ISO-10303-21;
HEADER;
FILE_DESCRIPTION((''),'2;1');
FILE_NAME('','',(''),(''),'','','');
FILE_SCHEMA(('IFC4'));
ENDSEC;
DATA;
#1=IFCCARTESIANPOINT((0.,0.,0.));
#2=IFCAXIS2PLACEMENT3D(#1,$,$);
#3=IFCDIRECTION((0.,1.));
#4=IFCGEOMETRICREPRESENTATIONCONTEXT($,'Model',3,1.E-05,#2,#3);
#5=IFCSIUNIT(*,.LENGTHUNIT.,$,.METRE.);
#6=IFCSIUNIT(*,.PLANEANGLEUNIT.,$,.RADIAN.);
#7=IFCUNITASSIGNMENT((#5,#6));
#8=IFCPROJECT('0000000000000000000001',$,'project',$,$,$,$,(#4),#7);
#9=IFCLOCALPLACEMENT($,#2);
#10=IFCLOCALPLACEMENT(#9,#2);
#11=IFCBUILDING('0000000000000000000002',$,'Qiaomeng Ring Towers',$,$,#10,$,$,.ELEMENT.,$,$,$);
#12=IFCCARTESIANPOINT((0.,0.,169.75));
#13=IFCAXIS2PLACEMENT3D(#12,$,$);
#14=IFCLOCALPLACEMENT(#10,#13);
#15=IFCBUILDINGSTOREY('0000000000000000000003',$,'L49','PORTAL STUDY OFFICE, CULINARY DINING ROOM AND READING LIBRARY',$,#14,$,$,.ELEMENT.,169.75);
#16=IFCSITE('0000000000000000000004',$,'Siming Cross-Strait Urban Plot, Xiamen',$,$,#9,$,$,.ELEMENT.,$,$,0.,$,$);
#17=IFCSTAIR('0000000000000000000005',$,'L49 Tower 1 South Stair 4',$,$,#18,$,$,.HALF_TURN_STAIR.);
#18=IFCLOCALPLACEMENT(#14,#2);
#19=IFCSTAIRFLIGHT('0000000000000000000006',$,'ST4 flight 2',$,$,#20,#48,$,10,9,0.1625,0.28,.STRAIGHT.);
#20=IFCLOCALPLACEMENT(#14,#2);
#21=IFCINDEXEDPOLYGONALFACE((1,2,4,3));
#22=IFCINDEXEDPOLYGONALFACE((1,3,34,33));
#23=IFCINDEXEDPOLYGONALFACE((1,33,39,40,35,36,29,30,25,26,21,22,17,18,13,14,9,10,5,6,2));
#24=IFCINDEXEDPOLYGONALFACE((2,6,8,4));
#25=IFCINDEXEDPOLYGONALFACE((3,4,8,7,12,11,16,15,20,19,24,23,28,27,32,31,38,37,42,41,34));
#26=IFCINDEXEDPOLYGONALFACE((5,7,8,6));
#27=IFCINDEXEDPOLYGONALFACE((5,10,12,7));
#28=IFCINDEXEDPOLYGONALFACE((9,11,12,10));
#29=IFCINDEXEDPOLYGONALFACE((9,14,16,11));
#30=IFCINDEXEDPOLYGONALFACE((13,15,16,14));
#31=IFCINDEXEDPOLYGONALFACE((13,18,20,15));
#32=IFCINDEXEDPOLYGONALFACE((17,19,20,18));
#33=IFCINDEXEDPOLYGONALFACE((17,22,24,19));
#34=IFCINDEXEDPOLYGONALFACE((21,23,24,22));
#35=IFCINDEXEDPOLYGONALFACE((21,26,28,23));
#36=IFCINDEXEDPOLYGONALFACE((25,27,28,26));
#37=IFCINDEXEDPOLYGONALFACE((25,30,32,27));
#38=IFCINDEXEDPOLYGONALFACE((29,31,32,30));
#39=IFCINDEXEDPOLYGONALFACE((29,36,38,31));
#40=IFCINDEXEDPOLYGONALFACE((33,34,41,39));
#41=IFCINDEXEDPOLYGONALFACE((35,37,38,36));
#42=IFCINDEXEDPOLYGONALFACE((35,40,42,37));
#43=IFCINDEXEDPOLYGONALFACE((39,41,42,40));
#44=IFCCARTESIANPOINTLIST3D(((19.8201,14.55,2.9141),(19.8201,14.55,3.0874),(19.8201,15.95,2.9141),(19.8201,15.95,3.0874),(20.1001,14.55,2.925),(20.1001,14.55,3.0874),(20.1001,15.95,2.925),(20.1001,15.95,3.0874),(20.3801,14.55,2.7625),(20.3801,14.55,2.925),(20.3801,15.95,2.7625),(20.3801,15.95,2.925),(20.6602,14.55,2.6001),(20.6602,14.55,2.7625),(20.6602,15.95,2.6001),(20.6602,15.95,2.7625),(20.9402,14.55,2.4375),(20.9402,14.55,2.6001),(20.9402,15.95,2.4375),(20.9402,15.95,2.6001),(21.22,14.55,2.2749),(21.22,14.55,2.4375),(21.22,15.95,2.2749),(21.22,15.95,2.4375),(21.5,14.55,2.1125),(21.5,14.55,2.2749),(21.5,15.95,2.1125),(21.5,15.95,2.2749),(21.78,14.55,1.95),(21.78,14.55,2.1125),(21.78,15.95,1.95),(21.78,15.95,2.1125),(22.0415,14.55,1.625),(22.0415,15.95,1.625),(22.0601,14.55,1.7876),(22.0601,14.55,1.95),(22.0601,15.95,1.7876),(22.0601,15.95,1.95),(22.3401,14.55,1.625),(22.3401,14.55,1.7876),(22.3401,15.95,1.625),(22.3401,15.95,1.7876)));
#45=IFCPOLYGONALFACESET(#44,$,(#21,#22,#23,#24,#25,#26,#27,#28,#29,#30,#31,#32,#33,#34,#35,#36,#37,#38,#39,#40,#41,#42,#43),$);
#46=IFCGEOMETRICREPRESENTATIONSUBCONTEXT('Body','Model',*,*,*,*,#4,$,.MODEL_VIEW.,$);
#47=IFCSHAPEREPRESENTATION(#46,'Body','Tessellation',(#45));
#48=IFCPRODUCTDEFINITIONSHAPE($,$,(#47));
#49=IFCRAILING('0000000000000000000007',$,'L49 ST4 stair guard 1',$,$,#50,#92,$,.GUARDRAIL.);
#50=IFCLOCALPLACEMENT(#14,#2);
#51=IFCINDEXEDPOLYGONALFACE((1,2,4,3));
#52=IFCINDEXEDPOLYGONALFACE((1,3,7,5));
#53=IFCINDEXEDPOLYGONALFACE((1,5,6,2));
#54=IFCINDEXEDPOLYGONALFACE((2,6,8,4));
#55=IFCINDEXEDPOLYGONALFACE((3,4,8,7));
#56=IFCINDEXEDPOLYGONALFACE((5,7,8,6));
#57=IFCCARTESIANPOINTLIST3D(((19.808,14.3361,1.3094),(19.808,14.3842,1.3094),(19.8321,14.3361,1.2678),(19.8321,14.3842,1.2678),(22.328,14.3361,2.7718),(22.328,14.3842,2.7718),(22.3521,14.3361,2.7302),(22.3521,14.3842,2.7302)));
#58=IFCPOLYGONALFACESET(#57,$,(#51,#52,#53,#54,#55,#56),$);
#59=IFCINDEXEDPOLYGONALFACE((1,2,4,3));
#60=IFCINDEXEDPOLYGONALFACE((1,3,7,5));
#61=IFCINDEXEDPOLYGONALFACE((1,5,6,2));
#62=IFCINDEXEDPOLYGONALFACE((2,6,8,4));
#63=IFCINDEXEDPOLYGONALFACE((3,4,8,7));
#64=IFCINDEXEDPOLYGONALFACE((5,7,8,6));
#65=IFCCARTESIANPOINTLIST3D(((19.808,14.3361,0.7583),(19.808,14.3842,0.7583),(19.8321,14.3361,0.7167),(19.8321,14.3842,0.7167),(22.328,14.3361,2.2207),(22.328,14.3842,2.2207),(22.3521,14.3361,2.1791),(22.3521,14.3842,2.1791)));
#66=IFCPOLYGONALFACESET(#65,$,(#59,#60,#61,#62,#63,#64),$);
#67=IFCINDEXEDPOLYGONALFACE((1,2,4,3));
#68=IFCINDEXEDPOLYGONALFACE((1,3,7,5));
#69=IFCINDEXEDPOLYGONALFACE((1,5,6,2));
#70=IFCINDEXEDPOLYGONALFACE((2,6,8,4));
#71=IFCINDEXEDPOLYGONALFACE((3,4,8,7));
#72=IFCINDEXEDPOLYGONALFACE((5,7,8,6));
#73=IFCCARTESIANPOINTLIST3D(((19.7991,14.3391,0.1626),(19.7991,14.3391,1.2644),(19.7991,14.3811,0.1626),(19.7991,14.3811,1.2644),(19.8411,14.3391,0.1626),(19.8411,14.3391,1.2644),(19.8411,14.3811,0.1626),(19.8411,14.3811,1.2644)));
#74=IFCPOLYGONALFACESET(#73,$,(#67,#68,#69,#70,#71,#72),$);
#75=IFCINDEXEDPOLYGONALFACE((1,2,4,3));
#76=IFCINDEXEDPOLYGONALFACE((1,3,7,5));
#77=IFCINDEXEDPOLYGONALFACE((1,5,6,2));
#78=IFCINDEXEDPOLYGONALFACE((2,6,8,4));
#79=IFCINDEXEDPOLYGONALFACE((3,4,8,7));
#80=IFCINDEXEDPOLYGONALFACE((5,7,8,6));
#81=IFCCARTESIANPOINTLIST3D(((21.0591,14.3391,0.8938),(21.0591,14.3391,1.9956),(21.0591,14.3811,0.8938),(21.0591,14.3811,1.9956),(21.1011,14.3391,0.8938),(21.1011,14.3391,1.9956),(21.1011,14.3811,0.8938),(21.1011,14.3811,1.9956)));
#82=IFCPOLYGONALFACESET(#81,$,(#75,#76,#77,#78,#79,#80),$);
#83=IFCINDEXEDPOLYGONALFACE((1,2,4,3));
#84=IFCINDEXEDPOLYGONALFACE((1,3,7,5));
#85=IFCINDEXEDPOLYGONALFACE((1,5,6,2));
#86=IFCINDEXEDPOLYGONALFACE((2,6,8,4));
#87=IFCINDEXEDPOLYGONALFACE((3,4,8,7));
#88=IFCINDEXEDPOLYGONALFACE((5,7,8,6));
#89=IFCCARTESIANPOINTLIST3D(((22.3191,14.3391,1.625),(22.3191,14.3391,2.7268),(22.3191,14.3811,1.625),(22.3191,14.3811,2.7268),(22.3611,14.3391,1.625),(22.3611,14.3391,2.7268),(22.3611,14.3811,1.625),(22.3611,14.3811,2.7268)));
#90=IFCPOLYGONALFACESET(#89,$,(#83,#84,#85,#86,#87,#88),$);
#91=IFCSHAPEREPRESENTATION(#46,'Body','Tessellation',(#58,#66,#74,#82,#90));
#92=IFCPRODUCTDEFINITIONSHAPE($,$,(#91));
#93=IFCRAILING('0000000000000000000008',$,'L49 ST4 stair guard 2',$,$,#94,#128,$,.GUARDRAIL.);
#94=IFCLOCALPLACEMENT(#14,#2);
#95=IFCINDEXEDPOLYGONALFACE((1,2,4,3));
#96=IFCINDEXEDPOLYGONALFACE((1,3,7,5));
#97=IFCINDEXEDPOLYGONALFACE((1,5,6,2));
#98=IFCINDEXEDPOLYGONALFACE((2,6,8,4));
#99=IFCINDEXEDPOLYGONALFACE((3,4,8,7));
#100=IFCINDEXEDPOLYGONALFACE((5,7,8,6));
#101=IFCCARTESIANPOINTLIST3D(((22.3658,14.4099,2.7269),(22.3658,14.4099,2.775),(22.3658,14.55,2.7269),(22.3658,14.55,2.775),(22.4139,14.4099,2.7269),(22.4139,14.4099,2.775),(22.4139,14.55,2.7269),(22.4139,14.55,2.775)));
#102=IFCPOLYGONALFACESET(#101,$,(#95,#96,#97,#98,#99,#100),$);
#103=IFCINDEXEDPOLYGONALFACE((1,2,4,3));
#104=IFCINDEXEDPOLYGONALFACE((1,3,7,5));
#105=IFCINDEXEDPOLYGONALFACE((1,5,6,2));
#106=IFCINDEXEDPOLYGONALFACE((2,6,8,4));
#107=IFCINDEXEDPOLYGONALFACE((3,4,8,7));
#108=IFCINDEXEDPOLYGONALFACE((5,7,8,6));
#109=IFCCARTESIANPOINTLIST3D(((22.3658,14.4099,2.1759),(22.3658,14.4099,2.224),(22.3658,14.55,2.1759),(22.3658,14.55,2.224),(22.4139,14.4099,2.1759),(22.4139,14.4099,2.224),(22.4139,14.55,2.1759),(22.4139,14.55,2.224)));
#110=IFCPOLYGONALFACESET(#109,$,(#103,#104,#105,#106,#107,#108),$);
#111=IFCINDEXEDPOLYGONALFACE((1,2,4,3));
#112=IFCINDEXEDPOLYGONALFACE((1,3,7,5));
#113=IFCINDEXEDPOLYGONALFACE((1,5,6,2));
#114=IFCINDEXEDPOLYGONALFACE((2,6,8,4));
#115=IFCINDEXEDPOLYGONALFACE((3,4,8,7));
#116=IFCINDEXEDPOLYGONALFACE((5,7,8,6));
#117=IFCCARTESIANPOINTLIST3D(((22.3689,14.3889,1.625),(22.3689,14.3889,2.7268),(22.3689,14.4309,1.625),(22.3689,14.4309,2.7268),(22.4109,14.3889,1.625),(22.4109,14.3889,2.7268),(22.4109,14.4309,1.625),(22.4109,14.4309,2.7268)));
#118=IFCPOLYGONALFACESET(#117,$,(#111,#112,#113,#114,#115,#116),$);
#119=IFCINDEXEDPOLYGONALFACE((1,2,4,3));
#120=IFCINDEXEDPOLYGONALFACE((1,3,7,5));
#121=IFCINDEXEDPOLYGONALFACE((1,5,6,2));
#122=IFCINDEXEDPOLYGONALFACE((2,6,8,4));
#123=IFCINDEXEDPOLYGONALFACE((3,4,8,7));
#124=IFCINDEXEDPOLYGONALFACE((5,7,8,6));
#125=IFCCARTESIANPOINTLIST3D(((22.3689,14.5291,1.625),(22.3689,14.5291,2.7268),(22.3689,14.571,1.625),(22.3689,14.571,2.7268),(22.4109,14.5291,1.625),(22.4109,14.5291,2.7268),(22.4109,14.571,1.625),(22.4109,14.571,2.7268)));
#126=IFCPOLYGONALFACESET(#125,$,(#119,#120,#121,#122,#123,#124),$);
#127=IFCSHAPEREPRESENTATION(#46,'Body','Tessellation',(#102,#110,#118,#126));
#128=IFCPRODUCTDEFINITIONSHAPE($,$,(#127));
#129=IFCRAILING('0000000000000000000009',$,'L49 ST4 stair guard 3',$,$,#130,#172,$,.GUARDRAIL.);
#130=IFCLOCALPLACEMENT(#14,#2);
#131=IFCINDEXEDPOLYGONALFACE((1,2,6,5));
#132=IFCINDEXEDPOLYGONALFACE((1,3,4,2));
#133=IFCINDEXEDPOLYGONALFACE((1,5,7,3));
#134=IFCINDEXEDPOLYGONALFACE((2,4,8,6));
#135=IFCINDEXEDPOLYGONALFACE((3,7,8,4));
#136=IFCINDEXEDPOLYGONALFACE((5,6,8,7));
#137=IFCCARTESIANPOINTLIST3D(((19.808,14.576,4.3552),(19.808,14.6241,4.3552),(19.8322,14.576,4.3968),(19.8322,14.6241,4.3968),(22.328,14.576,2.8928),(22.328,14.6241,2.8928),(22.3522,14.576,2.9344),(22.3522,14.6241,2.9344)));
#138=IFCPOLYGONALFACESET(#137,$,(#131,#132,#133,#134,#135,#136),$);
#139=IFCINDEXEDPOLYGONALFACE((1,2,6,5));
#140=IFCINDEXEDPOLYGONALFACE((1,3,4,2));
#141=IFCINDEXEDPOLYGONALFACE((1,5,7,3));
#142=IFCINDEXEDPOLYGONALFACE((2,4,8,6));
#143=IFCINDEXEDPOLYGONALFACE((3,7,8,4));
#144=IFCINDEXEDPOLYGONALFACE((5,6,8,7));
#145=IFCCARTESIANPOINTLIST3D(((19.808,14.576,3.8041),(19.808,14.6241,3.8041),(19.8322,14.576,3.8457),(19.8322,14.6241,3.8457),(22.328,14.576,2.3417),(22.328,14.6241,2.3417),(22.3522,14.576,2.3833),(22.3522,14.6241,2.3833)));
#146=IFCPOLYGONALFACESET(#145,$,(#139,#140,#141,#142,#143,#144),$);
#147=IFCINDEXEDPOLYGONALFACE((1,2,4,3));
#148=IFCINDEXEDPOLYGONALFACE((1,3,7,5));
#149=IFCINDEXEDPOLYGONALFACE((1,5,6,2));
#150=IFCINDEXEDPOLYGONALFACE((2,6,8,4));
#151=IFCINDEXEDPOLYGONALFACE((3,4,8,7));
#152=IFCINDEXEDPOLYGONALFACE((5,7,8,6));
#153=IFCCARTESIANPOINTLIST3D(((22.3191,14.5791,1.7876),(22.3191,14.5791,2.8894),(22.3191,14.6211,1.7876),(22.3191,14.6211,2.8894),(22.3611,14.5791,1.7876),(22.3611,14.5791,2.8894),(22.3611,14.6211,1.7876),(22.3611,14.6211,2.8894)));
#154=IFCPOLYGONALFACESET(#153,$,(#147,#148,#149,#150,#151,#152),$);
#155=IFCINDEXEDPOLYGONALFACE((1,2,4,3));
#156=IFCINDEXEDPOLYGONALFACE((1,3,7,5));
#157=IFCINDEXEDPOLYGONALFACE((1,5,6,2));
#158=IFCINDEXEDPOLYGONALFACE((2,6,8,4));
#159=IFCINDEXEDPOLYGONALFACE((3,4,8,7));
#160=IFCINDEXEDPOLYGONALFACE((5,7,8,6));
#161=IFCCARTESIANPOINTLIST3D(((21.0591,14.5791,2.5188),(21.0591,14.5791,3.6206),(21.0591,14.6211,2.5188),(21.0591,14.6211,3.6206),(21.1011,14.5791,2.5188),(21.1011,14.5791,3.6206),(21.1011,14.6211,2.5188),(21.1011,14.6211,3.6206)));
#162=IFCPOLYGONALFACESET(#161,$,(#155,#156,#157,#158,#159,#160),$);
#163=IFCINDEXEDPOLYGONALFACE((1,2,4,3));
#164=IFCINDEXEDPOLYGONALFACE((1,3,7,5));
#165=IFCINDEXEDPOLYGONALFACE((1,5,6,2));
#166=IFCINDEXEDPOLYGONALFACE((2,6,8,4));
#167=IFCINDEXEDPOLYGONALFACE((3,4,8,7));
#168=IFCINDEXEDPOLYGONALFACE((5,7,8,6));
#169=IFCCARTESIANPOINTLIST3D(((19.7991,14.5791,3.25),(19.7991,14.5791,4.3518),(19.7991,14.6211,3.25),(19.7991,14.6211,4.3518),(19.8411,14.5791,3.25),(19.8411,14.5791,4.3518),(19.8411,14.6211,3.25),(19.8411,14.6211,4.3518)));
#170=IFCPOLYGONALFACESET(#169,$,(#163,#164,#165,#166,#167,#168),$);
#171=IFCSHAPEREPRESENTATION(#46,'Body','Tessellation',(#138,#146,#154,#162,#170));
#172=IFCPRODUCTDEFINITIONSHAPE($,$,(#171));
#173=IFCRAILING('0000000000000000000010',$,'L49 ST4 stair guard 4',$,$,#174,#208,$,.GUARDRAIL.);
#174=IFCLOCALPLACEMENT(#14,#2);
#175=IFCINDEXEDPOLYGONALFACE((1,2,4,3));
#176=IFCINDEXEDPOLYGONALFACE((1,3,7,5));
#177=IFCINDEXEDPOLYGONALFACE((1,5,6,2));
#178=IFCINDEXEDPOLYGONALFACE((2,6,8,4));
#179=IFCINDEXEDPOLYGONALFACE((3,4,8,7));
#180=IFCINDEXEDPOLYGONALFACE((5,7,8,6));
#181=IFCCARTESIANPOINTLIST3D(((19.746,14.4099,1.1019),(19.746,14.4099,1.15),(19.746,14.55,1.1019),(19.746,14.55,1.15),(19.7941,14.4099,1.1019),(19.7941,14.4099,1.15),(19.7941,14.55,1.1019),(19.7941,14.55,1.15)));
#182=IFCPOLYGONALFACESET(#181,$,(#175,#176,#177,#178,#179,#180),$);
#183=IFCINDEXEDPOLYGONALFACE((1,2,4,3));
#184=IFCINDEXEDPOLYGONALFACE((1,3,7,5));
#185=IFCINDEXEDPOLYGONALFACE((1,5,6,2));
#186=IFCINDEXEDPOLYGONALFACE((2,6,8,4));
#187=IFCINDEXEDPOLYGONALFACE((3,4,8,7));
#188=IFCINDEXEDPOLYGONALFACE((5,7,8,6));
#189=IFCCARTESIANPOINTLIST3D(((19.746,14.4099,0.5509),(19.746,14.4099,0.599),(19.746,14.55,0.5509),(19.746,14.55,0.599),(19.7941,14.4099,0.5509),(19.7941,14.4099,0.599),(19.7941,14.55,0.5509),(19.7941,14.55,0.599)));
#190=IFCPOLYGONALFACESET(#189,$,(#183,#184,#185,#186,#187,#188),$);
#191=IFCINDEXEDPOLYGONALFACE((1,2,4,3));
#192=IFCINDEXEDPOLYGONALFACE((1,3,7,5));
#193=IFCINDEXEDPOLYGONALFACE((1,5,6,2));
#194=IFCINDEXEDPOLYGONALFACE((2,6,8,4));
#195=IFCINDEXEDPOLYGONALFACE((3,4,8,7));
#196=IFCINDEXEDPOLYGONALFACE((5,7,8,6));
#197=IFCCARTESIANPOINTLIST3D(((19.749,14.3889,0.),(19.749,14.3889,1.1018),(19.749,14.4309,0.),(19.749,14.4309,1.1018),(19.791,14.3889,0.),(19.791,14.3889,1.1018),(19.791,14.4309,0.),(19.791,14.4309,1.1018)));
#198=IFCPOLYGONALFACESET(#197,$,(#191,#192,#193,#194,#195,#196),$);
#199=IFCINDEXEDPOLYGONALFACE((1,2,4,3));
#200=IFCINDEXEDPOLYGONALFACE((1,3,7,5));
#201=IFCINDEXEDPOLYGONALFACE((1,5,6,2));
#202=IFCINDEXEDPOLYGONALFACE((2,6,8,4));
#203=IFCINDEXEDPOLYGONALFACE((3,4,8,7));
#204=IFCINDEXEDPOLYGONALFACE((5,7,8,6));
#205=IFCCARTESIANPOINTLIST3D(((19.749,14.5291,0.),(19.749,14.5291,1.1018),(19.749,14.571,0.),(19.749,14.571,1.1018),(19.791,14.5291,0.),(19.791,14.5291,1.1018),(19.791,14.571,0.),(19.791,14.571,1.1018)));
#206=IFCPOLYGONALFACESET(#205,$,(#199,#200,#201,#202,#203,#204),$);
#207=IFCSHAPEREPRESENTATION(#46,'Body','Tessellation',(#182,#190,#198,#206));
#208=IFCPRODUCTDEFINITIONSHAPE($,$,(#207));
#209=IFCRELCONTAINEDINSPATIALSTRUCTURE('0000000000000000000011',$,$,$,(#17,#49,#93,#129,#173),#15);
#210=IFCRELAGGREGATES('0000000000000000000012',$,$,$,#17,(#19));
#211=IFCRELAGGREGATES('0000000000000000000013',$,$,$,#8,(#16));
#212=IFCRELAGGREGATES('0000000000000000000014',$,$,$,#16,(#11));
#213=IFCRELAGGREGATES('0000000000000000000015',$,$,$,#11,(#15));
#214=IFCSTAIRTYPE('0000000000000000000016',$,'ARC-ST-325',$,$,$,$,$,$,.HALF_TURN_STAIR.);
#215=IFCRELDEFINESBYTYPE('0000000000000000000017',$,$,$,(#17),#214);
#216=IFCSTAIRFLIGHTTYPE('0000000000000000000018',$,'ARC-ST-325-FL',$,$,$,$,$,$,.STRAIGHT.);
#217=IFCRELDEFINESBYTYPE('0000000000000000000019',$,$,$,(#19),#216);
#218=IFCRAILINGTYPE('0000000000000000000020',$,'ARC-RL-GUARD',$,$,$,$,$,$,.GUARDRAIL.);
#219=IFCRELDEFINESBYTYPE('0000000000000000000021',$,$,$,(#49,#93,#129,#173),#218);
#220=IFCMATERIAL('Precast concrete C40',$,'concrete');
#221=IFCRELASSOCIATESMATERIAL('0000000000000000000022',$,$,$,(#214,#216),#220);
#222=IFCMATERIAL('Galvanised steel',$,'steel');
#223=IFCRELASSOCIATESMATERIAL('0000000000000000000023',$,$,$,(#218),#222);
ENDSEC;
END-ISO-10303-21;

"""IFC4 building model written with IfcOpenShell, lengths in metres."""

from ifc_helpers import new_model, si_unit, direction, frame, origin, origin_2d, place, context, subcontext, project, spatial, polyline, rectangle, outline, extrude, source, transform, mapped, material, type_object, element, aggregate, save


model = new_model("IFC4")

# Units and contexts
model_context = context("Model", 3, precision=1e-05, world=origin(), true_north=direction((0.0, 1.0)))
body_context = subcontext(model_context, "Body", "Model", "MODEL_VIEW")
ifc_project = project(units=[si_unit("LENGTHUNIT", "METRE"), si_unit("PLANEANGLEUNIT", "RADIAN")], contexts=[model_context])

# Site, building, storey
site_placement = place(None, origin())
site = spatial("IfcSite", under=ifc_project, at=site_placement, Name="Siming Cross-Strait Urban Plot, Xiamen", CompositionType="ELEMENT", RefElevation=0.0)
building_placement = place(site_placement, origin())
building = spatial("IfcBuilding", under=site, at=building_placement, Name="Qiaomeng Ring Towers", CompositionType="ELEMENT")
storey_placement = place(building_placement, frame((0.0, 0.0, 169.75)))
storey = spatial("IfcBuildingStorey", under=building, at=storey_placement, Name="L49", Description="PORTAL STUDY OFFICE, CULINARY DINING ROOM AND READING LIBRARY", CompositionType="ELEMENT", Elevation=169.75)

# Shared definitions
ifc_material_1 = material(Name="Galvanised steel", Category="steel")

# Stair, stair flight
ifc_material_2 = material(Name="Precast concrete C40", Category="concrete")
stair_type = type_object("IfcStairType", Name="ARC-ST-325", PredefinedType="HALF_TURN_STAIR", material=ifc_material_2)
stair_placement = place(storey_placement, origin())
stair = element("IfcStair", 1, at=stair_placement, inside=storey, type_object=stair_type, Name="L49 Tower 1 South Stair 4", PredefinedType="HALF_TURN_STAIR")
stair_flight_type = type_object("IfcStairFlightType", Name="ARC-ST-325-FL", PredefinedType="STRAIGHT", material=ifc_material_2)
shared_shape_1 = source(origin(), body_context, "Body", "SweptSolid", [
    extrude(outline(polyline([(0.0, 0.0), (0.0, 0.1626), (0.28, 0.1626), (0.28, 0.325), (0.5601, 0.325), (0.5601, 0.4875), (0.8401, 0.4875), (0.8401, 0.6499), (1.1201, 0.6499), (1.1201, 0.8125), (1.3999, 0.8125), (1.3999, 0.9751), (1.6799, 0.9751), (1.6799, 1.1375), (1.96, 1.1375), (1.96, 1.3), (2.24, 1.3), (2.24, 1.4624), (2.52, 1.4624), (2.52, 1.625), (2.52, 1.2891), (0.2986, 0.0), (0.0, 0.0)])), frame((0.0, 0.7, 0.0), z_axis=(0.0, -1.0, 0.0), x_axis=(1.0, 0.0, 0.0)), (0.0, 0.0, 1.0), 1.3999),
])
stair_flight_1_placement = place(storey_placement, frame((22.3401, 15.25, 1.625), z_axis=(0.0, 0.0, 1.0), x_axis=(-1.0, 0.0, 0.0)))
stair_flight_1 = element("IfcStairFlight", 2, at=stair_flight_1_placement, type_object=stair_flight_type, Name="ST4 flight 2", NumberOfRisers=10, NumberOfTreads=9, PredefinedType="STRAIGHT", RiserHeight=0.1625, TreadLength=0.28, context=body_context, shape_type="MappedRepresentation", body=[
    mapped(shared_shape_1, transform((0.0, 0.0, 0.0), x_axis=(1.0, 0.0, 0.0), y_axis=(0.0, 1.0, 0.0), z_axis=(0.0, 0.0, 1.0), scale=1.0)),
])
aggregate(stair, [stair_flight_1])

# Railings
railing_type_1 = type_object("IfcRailingType", Name="ARC-RL-GUARD", PredefinedType="GUARDRAIL", material=ifc_material_1)
railing_1_placement = place(storey_placement, frame((19.8201, 14.3601, 0.1626)))
element("IfcRailing", 3, at=railing_1_placement, inside=storey, type_object=railing_type_1, Name="L49 ST4 stair guard 1", PredefinedType="GUARDRAIL", context=body_context, shape_type="SweptSolid", body=[
    extrude(rectangle(XDim=0.0481, YDim=0.0481, at=origin_2d()), frame((0.0, 0.0, 1.126), z_axis=(0.864913, 0.0, 0.501921), x_axis=(0.0, 1.0, 0.0)), (0.0, 0.0, 1.0), 2.9136),
    extrude(rectangle(XDim=0.0481, YDim=0.0481, at=origin_2d()), frame((0.0, 0.0, 0.575), z_axis=(0.864913, 0.0, 0.501921), x_axis=(0.0, 1.0, 0.0)), (0.0, 0.0, 1.0), 2.9136),
    extrude(rectangle(XDim=0.042, YDim=0.042, at=origin_2d()), origin(), (0.0, 0.0, 1.0), 1.1018),
    extrude(rectangle(XDim=0.042, YDim=0.042, at=origin_2d()), frame((1.26, 0.0, 0.7312)), (0.0, 0.0, 1.0), 1.1018),
    extrude(rectangle(XDim=0.042, YDim=0.042, at=origin_2d()), frame((2.52, 0.0, 1.4624)), (0.0, 0.0, 1.0), 1.1018),
])
railing_2_placement = place(storey_placement, frame((22.3899, 14.4099, 1.625)))
element("IfcRailing", 4, at=railing_2_placement, inside=storey, type_object=railing_type_1, Name="L49 ST4 stair guard 2", PredefinedType="GUARDRAIL", context=body_context, shape_type="SweptSolid", body=[
    extrude(rectangle(XDim=0.0481, YDim=0.0481, at=origin_2d()), frame((0.0, 0.0, 1.126), z_axis=(0.0, 1.0, 0.0), x_axis=(-1.0, 0.0, 0.0)), (0.0, 0.0, 1.0), 0.1401),
    extrude(rectangle(XDim=0.0481, YDim=0.0481, at=origin_2d()), frame((0.0, 0.0, 0.575), z_axis=(0.0, 1.0, 0.0), x_axis=(-1.0, 0.0, 0.0)), (0.0, 0.0, 1.0), 0.1401),
    extrude(rectangle(XDim=0.042, YDim=0.042, at=origin_2d()), origin(), (0.0, 0.0, 1.0), 1.1018),
    extrude(rectangle(XDim=0.042, YDim=0.042, at=origin_2d()), frame((0.0, 0.1401, 0.0)), (0.0, 0.0, 1.0), 1.1018),
])
railing_3_placement = place(storey_placement, frame((22.3401, 14.6001, 1.7876)))
element("IfcRailing", 5, at=railing_3_placement, inside=storey, type_object=railing_type_1, Name="L49 ST4 stair guard 3", PredefinedType="GUARDRAIL", context=body_context, shape_type="SweptSolid", body=[
    extrude(rectangle(XDim=0.0481, YDim=0.0481, at=origin_2d()), frame((0.0, 0.0, 1.126), z_axis=(-0.864913, 0.0, 0.501921), x_axis=(0.0, -1.0, 0.0)), (0.0, 0.0, 1.0), 2.9136),
    extrude(rectangle(XDim=0.0481, YDim=0.0481, at=origin_2d()), frame((0.0, 0.0, 0.575), z_axis=(-0.864913, 0.0, 0.501921), x_axis=(0.0, -1.0, 0.0)), (0.0, 0.0, 1.0), 2.9136),
    extrude(rectangle(XDim=0.042, YDim=0.042, at=origin_2d()), origin(), (0.0, 0.0, 1.0), 1.1018),
    extrude(rectangle(XDim=0.042, YDim=0.042, at=origin_2d()), frame((-1.26, 0.0, 0.7312)), (0.0, 0.0, 1.0), 1.1018),
    extrude(rectangle(XDim=0.042, YDim=0.042, at=origin_2d()), frame((-2.52, 0.0, 1.4624)), (0.0, 0.0, 1.0), 1.1018),
])
railing_4_placement = place(storey_placement, frame((19.77, 14.4099, 0.0)))
element("IfcRailing", 6, at=railing_4_placement, inside=storey, type_object=railing_type_1, Name="L49 ST4 stair guard 4", PredefinedType="GUARDRAIL", context=body_context, shape_type="SweptSolid", body=[
    extrude(rectangle(XDim=0.0481, YDim=0.0481, at=origin_2d()), frame((0.0, 0.0, 1.126), z_axis=(0.0, 1.0, 0.0), x_axis=(-1.0, 0.0, 0.0)), (0.0, 0.0, 1.0), 0.1401),
    extrude(rectangle(XDim=0.0481, YDim=0.0481, at=origin_2d()), frame((0.0, 0.0, 0.575), z_axis=(0.0, 1.0, 0.0), x_axis=(-1.0, 0.0, 0.0)), (0.0, 0.0, 1.0), 0.1401),
    extrude(rectangle(XDim=0.042, YDim=0.042, at=origin_2d()), origin(), (0.0, 0.0, 1.0), 1.1018),
    extrude(rectangle(XDim=0.042, YDim=0.042, at=origin_2d()), frame((0.0, 0.1401, 0.0)), (0.0, 0.0, 1.0), 1.1018),
])

save(model, "model.ifc")
